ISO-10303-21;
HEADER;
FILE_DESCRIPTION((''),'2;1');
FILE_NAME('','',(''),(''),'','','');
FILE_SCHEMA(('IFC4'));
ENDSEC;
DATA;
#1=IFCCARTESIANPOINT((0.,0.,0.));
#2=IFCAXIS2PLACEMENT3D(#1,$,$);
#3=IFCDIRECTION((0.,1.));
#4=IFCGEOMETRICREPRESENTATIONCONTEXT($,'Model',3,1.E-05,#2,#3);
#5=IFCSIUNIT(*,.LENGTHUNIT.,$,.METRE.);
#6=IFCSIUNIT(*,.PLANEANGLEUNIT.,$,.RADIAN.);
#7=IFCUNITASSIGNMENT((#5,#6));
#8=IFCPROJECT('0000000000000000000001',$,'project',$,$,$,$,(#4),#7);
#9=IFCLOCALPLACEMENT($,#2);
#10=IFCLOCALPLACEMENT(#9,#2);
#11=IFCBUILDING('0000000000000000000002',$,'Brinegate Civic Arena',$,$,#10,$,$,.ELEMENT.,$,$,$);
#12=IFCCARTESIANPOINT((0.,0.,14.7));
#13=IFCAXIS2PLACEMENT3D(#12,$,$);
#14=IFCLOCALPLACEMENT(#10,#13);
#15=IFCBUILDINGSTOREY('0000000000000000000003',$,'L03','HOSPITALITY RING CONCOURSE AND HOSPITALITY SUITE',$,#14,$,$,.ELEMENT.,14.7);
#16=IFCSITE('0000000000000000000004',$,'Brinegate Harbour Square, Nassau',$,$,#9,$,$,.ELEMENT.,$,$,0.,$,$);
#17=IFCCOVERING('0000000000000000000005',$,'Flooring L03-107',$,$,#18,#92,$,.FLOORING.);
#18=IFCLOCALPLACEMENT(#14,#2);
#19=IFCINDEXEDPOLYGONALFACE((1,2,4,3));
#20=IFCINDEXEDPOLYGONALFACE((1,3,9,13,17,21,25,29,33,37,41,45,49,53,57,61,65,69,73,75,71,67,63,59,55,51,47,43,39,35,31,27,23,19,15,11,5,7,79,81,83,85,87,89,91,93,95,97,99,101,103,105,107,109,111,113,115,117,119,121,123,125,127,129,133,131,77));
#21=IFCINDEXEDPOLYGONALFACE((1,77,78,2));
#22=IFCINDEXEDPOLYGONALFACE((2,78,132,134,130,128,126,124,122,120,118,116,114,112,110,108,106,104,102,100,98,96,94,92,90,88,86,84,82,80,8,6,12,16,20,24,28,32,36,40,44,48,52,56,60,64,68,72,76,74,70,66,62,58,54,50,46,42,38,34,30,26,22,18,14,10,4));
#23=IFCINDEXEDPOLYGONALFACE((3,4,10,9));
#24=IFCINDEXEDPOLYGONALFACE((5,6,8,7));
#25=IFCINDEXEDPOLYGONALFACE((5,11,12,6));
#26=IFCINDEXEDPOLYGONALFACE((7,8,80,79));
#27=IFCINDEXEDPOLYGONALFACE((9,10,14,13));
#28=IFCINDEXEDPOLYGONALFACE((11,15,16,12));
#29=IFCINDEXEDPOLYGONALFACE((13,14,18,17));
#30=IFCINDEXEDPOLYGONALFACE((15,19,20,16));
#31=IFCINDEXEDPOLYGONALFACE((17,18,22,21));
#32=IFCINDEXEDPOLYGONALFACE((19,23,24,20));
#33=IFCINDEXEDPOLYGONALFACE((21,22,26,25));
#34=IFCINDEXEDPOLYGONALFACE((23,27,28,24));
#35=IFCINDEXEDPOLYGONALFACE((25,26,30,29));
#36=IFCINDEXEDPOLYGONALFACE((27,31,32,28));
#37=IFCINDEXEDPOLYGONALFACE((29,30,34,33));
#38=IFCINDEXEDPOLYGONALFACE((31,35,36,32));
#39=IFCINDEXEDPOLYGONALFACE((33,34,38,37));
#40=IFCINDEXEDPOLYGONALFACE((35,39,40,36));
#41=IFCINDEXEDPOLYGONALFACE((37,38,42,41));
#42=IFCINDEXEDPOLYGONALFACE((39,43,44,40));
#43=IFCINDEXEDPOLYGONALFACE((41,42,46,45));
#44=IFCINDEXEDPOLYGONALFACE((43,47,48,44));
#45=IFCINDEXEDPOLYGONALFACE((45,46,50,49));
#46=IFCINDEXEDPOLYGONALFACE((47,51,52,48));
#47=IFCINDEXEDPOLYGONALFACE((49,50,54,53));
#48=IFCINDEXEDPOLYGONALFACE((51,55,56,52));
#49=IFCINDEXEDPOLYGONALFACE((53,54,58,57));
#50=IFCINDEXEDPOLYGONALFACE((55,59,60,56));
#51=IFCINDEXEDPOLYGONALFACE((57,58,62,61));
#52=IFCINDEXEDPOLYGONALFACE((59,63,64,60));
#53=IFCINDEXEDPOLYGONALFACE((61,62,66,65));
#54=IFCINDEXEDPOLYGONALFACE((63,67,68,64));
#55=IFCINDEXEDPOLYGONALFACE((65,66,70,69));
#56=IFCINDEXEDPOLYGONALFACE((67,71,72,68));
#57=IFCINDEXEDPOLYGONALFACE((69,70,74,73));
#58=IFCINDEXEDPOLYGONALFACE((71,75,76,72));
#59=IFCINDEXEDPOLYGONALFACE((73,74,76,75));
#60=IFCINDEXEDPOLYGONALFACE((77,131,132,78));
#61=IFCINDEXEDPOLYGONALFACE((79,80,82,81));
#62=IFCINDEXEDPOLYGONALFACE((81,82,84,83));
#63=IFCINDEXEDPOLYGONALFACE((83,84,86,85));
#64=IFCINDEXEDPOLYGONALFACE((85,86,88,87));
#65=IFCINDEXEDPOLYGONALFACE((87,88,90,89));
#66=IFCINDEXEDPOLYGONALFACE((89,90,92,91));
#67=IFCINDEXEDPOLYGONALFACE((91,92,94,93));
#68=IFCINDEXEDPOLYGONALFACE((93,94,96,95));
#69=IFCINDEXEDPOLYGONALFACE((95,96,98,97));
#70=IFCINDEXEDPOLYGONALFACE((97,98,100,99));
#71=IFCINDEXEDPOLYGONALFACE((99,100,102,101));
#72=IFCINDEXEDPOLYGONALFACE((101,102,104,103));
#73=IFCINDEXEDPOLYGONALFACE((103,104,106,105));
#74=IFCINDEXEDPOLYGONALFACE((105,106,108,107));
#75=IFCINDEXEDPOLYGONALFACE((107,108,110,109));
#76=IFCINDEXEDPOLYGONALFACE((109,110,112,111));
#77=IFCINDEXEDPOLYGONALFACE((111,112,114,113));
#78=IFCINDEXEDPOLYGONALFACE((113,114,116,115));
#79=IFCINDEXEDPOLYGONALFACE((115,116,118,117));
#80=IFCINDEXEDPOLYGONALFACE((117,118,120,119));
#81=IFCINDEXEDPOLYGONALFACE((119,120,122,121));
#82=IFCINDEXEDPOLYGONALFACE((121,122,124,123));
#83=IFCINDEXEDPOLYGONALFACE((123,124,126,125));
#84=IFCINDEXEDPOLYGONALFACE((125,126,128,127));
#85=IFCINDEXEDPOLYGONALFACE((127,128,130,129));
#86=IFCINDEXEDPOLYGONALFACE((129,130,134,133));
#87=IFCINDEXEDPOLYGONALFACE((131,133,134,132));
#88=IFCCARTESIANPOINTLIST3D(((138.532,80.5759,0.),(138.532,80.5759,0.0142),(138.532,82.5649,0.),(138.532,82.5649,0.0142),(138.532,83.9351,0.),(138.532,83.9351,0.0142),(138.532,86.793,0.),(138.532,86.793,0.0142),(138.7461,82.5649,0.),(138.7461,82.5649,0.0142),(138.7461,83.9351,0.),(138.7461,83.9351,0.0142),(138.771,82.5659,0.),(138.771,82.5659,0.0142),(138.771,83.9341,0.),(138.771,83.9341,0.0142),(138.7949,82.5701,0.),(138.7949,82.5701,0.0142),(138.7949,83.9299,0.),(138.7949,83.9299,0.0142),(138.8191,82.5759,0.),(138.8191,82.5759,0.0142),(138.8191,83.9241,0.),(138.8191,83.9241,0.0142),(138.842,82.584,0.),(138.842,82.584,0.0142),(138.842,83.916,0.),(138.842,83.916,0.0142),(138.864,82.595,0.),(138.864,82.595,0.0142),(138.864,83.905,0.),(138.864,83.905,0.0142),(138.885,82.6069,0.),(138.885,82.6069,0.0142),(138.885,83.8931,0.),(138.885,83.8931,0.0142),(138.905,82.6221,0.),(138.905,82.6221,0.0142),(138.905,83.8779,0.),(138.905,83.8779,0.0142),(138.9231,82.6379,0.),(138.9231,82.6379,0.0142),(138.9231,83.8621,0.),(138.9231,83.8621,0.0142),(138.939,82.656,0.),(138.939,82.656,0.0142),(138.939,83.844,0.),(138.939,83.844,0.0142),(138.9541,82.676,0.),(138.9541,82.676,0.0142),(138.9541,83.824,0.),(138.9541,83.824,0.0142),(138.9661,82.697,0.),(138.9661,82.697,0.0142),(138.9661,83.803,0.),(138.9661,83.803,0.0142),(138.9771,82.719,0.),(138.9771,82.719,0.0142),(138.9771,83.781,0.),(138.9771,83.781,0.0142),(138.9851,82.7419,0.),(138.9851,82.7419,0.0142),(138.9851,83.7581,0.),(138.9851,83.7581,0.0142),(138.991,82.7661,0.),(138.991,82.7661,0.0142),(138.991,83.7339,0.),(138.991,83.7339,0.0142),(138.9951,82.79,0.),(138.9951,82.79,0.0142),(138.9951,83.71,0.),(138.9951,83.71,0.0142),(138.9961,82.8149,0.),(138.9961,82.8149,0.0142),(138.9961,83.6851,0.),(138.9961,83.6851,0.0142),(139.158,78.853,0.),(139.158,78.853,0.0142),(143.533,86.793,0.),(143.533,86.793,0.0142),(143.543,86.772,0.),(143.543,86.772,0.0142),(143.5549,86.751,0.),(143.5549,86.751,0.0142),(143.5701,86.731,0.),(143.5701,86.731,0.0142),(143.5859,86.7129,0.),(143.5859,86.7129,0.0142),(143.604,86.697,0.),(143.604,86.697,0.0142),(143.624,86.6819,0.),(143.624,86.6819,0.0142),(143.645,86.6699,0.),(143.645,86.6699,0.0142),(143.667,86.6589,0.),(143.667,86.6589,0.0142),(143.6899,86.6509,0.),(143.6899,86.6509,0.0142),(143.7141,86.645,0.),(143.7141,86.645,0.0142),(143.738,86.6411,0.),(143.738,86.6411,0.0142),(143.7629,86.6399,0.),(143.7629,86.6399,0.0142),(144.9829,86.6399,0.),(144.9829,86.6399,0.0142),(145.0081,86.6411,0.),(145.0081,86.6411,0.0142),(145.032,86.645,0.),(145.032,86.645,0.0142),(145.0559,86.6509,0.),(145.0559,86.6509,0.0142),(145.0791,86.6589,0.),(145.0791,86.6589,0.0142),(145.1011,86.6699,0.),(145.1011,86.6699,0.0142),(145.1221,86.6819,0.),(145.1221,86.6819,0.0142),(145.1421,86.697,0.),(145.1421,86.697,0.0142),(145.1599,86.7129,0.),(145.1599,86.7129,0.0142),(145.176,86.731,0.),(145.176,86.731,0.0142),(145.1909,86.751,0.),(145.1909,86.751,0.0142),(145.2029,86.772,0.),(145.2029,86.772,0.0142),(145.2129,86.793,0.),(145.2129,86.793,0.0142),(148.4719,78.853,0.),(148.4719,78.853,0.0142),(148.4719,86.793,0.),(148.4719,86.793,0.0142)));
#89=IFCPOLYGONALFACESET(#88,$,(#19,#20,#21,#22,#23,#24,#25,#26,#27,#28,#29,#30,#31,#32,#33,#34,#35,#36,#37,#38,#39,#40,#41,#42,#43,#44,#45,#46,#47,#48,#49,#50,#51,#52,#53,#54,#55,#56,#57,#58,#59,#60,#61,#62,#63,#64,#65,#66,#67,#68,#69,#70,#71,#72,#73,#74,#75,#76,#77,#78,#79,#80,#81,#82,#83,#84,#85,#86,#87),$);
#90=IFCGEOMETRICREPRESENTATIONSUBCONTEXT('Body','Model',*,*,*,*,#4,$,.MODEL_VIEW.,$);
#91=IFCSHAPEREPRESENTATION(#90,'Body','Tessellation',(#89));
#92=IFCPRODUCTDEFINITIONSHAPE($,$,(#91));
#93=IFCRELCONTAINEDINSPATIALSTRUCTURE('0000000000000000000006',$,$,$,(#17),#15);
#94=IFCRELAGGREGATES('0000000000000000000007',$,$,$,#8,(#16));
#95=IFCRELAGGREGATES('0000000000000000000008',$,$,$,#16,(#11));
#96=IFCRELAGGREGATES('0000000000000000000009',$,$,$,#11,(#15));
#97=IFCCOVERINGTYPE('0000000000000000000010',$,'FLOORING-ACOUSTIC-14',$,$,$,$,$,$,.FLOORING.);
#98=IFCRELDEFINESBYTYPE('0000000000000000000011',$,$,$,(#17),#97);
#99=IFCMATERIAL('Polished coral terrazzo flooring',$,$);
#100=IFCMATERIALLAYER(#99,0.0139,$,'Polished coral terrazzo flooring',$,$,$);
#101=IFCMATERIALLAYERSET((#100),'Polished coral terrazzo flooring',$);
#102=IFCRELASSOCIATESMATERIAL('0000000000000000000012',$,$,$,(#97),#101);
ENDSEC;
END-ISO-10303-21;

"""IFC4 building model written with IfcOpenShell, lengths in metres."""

from ifc_helpers import new_model, si_unit, direction, frame, origin, place, context, subcontext, project, spatial, polyline, outline, extrude, material, layer, layer_set, type_object, element, save


model = new_model("IFC4")

# Units and contexts
model_context = context("Model", 3, precision=1e-05, world=origin(), true_north=direction((0.0, 1.0)))
body_context = subcontext(model_context, "Body", "Model", "MODEL_VIEW")
ifc_project = project(units=[si_unit("LENGTHUNIT", "METRE"), si_unit("PLANEANGLEUNIT", "RADIAN")], contexts=[model_context])

# Site, building, storey
site_placement = place(None, origin())
site = spatial("IfcSite", under=ifc_project, at=site_placement, Name="Brinegate Harbour Square, Nassau", CompositionType="ELEMENT", RefElevation=0.0)
building_placement = place(site_placement, origin())
building = spatial("IfcBuilding", under=site, at=building_placement, Name="Brinegate Civic Arena", CompositionType="ELEMENT")
storey_placement = place(building_placement, frame((0.0, 0.0, 14.7)))
storey = spatial("IfcBuildingStorey", under=building, at=storey_placement, Name="L03", Description="HOSPITALITY RING CONCOURSE AND HOSPITALITY SUITE", CompositionType="ELEMENT", Elevation=14.7)

# Covering
ifc_material_1 = material(Name="Polished coral terrazzo flooring")
ifc_layer_1 = layer(ifc_material_1, 0.0139, Name="Polished coral terrazzo flooring")
ifc_layer_set_1 = layer_set([ifc_layer_1], Name="Polished coral terrazzo flooring")
covering_type_1 = type_object("IfcCoveringType", Name="FLOORING-ACOUSTIC-14", PredefinedType="FLOORING", material=ifc_layer_set_1)
covering_1_placement = place(storey_placement, origin())
element("IfcCovering", 1, at=covering_1_placement, inside=storey, type_object=covering_type_1, Name="Flooring L03-107", PredefinedType="FLOORING", context=body_context, shape_type="SweptSolid", body=[
    extrude(outline(polyline([(138.532, 86.793), (143.533, 86.793), (143.543, 86.772), (143.5549, 86.751), (143.5701, 86.731), (143.5859, 86.7129), (143.604, 86.697), (143.624, 86.6819), (143.645, 86.6699), (143.667, 86.6589), (143.6899, 86.6509), (143.7141, 86.645), (143.738, 86.6411), (143.7629, 86.6399), (144.9829, 86.6399), (145.0081, 86.6411), (145.032, 86.645), (145.0559, 86.6509), (145.0791, 86.6589), (145.1011, 86.6699), (145.1221, 86.6819), (145.1421, 86.697), (145.1599, 86.7129), (145.176, 86.731), (145.1909, 86.751), (145.2029, 86.772), (145.2129, 86.793), (148.4719, 86.793), (148.4719, 78.853), (139.158, 78.853), (138.532, 80.5759), (138.532, 82.5649), (138.7461, 82.5649), (138.771, 82.5659), (138.7949, 82.5701), (138.8191, 82.5759), (138.842, 82.584), (138.864, 82.595), (138.885, 82.6069), (138.905, 82.6221), (138.9231, 82.6379), (138.939, 82.656), (138.9541, 82.676), (138.9661, 82.697), (138.9771, 82.719), (138.9851, 82.7419), (138.991, 82.7661), (138.9951, 82.79), (138.9961, 82.8149), (138.9961, 83.6851), (138.9951, 83.71), (138.991, 83.7339), (138.9851, 83.7581), (138.9771, 83.781), (138.9661, 83.803), (138.9541, 83.824), (138.939, 83.844), (138.9231, 83.8621), (138.905, 83.8779), (138.885, 83.8931), (138.864, 83.905), (138.842, 83.916), (138.8191, 83.9241), (138.7949, 83.9299), (138.771, 83.9341), (138.7461, 83.9351), (138.532, 83.9351), (138.532, 86.793)])), origin(), (0.0, 0.0, 1.0), 0.0142),
])

save(model, "model.ifc")
